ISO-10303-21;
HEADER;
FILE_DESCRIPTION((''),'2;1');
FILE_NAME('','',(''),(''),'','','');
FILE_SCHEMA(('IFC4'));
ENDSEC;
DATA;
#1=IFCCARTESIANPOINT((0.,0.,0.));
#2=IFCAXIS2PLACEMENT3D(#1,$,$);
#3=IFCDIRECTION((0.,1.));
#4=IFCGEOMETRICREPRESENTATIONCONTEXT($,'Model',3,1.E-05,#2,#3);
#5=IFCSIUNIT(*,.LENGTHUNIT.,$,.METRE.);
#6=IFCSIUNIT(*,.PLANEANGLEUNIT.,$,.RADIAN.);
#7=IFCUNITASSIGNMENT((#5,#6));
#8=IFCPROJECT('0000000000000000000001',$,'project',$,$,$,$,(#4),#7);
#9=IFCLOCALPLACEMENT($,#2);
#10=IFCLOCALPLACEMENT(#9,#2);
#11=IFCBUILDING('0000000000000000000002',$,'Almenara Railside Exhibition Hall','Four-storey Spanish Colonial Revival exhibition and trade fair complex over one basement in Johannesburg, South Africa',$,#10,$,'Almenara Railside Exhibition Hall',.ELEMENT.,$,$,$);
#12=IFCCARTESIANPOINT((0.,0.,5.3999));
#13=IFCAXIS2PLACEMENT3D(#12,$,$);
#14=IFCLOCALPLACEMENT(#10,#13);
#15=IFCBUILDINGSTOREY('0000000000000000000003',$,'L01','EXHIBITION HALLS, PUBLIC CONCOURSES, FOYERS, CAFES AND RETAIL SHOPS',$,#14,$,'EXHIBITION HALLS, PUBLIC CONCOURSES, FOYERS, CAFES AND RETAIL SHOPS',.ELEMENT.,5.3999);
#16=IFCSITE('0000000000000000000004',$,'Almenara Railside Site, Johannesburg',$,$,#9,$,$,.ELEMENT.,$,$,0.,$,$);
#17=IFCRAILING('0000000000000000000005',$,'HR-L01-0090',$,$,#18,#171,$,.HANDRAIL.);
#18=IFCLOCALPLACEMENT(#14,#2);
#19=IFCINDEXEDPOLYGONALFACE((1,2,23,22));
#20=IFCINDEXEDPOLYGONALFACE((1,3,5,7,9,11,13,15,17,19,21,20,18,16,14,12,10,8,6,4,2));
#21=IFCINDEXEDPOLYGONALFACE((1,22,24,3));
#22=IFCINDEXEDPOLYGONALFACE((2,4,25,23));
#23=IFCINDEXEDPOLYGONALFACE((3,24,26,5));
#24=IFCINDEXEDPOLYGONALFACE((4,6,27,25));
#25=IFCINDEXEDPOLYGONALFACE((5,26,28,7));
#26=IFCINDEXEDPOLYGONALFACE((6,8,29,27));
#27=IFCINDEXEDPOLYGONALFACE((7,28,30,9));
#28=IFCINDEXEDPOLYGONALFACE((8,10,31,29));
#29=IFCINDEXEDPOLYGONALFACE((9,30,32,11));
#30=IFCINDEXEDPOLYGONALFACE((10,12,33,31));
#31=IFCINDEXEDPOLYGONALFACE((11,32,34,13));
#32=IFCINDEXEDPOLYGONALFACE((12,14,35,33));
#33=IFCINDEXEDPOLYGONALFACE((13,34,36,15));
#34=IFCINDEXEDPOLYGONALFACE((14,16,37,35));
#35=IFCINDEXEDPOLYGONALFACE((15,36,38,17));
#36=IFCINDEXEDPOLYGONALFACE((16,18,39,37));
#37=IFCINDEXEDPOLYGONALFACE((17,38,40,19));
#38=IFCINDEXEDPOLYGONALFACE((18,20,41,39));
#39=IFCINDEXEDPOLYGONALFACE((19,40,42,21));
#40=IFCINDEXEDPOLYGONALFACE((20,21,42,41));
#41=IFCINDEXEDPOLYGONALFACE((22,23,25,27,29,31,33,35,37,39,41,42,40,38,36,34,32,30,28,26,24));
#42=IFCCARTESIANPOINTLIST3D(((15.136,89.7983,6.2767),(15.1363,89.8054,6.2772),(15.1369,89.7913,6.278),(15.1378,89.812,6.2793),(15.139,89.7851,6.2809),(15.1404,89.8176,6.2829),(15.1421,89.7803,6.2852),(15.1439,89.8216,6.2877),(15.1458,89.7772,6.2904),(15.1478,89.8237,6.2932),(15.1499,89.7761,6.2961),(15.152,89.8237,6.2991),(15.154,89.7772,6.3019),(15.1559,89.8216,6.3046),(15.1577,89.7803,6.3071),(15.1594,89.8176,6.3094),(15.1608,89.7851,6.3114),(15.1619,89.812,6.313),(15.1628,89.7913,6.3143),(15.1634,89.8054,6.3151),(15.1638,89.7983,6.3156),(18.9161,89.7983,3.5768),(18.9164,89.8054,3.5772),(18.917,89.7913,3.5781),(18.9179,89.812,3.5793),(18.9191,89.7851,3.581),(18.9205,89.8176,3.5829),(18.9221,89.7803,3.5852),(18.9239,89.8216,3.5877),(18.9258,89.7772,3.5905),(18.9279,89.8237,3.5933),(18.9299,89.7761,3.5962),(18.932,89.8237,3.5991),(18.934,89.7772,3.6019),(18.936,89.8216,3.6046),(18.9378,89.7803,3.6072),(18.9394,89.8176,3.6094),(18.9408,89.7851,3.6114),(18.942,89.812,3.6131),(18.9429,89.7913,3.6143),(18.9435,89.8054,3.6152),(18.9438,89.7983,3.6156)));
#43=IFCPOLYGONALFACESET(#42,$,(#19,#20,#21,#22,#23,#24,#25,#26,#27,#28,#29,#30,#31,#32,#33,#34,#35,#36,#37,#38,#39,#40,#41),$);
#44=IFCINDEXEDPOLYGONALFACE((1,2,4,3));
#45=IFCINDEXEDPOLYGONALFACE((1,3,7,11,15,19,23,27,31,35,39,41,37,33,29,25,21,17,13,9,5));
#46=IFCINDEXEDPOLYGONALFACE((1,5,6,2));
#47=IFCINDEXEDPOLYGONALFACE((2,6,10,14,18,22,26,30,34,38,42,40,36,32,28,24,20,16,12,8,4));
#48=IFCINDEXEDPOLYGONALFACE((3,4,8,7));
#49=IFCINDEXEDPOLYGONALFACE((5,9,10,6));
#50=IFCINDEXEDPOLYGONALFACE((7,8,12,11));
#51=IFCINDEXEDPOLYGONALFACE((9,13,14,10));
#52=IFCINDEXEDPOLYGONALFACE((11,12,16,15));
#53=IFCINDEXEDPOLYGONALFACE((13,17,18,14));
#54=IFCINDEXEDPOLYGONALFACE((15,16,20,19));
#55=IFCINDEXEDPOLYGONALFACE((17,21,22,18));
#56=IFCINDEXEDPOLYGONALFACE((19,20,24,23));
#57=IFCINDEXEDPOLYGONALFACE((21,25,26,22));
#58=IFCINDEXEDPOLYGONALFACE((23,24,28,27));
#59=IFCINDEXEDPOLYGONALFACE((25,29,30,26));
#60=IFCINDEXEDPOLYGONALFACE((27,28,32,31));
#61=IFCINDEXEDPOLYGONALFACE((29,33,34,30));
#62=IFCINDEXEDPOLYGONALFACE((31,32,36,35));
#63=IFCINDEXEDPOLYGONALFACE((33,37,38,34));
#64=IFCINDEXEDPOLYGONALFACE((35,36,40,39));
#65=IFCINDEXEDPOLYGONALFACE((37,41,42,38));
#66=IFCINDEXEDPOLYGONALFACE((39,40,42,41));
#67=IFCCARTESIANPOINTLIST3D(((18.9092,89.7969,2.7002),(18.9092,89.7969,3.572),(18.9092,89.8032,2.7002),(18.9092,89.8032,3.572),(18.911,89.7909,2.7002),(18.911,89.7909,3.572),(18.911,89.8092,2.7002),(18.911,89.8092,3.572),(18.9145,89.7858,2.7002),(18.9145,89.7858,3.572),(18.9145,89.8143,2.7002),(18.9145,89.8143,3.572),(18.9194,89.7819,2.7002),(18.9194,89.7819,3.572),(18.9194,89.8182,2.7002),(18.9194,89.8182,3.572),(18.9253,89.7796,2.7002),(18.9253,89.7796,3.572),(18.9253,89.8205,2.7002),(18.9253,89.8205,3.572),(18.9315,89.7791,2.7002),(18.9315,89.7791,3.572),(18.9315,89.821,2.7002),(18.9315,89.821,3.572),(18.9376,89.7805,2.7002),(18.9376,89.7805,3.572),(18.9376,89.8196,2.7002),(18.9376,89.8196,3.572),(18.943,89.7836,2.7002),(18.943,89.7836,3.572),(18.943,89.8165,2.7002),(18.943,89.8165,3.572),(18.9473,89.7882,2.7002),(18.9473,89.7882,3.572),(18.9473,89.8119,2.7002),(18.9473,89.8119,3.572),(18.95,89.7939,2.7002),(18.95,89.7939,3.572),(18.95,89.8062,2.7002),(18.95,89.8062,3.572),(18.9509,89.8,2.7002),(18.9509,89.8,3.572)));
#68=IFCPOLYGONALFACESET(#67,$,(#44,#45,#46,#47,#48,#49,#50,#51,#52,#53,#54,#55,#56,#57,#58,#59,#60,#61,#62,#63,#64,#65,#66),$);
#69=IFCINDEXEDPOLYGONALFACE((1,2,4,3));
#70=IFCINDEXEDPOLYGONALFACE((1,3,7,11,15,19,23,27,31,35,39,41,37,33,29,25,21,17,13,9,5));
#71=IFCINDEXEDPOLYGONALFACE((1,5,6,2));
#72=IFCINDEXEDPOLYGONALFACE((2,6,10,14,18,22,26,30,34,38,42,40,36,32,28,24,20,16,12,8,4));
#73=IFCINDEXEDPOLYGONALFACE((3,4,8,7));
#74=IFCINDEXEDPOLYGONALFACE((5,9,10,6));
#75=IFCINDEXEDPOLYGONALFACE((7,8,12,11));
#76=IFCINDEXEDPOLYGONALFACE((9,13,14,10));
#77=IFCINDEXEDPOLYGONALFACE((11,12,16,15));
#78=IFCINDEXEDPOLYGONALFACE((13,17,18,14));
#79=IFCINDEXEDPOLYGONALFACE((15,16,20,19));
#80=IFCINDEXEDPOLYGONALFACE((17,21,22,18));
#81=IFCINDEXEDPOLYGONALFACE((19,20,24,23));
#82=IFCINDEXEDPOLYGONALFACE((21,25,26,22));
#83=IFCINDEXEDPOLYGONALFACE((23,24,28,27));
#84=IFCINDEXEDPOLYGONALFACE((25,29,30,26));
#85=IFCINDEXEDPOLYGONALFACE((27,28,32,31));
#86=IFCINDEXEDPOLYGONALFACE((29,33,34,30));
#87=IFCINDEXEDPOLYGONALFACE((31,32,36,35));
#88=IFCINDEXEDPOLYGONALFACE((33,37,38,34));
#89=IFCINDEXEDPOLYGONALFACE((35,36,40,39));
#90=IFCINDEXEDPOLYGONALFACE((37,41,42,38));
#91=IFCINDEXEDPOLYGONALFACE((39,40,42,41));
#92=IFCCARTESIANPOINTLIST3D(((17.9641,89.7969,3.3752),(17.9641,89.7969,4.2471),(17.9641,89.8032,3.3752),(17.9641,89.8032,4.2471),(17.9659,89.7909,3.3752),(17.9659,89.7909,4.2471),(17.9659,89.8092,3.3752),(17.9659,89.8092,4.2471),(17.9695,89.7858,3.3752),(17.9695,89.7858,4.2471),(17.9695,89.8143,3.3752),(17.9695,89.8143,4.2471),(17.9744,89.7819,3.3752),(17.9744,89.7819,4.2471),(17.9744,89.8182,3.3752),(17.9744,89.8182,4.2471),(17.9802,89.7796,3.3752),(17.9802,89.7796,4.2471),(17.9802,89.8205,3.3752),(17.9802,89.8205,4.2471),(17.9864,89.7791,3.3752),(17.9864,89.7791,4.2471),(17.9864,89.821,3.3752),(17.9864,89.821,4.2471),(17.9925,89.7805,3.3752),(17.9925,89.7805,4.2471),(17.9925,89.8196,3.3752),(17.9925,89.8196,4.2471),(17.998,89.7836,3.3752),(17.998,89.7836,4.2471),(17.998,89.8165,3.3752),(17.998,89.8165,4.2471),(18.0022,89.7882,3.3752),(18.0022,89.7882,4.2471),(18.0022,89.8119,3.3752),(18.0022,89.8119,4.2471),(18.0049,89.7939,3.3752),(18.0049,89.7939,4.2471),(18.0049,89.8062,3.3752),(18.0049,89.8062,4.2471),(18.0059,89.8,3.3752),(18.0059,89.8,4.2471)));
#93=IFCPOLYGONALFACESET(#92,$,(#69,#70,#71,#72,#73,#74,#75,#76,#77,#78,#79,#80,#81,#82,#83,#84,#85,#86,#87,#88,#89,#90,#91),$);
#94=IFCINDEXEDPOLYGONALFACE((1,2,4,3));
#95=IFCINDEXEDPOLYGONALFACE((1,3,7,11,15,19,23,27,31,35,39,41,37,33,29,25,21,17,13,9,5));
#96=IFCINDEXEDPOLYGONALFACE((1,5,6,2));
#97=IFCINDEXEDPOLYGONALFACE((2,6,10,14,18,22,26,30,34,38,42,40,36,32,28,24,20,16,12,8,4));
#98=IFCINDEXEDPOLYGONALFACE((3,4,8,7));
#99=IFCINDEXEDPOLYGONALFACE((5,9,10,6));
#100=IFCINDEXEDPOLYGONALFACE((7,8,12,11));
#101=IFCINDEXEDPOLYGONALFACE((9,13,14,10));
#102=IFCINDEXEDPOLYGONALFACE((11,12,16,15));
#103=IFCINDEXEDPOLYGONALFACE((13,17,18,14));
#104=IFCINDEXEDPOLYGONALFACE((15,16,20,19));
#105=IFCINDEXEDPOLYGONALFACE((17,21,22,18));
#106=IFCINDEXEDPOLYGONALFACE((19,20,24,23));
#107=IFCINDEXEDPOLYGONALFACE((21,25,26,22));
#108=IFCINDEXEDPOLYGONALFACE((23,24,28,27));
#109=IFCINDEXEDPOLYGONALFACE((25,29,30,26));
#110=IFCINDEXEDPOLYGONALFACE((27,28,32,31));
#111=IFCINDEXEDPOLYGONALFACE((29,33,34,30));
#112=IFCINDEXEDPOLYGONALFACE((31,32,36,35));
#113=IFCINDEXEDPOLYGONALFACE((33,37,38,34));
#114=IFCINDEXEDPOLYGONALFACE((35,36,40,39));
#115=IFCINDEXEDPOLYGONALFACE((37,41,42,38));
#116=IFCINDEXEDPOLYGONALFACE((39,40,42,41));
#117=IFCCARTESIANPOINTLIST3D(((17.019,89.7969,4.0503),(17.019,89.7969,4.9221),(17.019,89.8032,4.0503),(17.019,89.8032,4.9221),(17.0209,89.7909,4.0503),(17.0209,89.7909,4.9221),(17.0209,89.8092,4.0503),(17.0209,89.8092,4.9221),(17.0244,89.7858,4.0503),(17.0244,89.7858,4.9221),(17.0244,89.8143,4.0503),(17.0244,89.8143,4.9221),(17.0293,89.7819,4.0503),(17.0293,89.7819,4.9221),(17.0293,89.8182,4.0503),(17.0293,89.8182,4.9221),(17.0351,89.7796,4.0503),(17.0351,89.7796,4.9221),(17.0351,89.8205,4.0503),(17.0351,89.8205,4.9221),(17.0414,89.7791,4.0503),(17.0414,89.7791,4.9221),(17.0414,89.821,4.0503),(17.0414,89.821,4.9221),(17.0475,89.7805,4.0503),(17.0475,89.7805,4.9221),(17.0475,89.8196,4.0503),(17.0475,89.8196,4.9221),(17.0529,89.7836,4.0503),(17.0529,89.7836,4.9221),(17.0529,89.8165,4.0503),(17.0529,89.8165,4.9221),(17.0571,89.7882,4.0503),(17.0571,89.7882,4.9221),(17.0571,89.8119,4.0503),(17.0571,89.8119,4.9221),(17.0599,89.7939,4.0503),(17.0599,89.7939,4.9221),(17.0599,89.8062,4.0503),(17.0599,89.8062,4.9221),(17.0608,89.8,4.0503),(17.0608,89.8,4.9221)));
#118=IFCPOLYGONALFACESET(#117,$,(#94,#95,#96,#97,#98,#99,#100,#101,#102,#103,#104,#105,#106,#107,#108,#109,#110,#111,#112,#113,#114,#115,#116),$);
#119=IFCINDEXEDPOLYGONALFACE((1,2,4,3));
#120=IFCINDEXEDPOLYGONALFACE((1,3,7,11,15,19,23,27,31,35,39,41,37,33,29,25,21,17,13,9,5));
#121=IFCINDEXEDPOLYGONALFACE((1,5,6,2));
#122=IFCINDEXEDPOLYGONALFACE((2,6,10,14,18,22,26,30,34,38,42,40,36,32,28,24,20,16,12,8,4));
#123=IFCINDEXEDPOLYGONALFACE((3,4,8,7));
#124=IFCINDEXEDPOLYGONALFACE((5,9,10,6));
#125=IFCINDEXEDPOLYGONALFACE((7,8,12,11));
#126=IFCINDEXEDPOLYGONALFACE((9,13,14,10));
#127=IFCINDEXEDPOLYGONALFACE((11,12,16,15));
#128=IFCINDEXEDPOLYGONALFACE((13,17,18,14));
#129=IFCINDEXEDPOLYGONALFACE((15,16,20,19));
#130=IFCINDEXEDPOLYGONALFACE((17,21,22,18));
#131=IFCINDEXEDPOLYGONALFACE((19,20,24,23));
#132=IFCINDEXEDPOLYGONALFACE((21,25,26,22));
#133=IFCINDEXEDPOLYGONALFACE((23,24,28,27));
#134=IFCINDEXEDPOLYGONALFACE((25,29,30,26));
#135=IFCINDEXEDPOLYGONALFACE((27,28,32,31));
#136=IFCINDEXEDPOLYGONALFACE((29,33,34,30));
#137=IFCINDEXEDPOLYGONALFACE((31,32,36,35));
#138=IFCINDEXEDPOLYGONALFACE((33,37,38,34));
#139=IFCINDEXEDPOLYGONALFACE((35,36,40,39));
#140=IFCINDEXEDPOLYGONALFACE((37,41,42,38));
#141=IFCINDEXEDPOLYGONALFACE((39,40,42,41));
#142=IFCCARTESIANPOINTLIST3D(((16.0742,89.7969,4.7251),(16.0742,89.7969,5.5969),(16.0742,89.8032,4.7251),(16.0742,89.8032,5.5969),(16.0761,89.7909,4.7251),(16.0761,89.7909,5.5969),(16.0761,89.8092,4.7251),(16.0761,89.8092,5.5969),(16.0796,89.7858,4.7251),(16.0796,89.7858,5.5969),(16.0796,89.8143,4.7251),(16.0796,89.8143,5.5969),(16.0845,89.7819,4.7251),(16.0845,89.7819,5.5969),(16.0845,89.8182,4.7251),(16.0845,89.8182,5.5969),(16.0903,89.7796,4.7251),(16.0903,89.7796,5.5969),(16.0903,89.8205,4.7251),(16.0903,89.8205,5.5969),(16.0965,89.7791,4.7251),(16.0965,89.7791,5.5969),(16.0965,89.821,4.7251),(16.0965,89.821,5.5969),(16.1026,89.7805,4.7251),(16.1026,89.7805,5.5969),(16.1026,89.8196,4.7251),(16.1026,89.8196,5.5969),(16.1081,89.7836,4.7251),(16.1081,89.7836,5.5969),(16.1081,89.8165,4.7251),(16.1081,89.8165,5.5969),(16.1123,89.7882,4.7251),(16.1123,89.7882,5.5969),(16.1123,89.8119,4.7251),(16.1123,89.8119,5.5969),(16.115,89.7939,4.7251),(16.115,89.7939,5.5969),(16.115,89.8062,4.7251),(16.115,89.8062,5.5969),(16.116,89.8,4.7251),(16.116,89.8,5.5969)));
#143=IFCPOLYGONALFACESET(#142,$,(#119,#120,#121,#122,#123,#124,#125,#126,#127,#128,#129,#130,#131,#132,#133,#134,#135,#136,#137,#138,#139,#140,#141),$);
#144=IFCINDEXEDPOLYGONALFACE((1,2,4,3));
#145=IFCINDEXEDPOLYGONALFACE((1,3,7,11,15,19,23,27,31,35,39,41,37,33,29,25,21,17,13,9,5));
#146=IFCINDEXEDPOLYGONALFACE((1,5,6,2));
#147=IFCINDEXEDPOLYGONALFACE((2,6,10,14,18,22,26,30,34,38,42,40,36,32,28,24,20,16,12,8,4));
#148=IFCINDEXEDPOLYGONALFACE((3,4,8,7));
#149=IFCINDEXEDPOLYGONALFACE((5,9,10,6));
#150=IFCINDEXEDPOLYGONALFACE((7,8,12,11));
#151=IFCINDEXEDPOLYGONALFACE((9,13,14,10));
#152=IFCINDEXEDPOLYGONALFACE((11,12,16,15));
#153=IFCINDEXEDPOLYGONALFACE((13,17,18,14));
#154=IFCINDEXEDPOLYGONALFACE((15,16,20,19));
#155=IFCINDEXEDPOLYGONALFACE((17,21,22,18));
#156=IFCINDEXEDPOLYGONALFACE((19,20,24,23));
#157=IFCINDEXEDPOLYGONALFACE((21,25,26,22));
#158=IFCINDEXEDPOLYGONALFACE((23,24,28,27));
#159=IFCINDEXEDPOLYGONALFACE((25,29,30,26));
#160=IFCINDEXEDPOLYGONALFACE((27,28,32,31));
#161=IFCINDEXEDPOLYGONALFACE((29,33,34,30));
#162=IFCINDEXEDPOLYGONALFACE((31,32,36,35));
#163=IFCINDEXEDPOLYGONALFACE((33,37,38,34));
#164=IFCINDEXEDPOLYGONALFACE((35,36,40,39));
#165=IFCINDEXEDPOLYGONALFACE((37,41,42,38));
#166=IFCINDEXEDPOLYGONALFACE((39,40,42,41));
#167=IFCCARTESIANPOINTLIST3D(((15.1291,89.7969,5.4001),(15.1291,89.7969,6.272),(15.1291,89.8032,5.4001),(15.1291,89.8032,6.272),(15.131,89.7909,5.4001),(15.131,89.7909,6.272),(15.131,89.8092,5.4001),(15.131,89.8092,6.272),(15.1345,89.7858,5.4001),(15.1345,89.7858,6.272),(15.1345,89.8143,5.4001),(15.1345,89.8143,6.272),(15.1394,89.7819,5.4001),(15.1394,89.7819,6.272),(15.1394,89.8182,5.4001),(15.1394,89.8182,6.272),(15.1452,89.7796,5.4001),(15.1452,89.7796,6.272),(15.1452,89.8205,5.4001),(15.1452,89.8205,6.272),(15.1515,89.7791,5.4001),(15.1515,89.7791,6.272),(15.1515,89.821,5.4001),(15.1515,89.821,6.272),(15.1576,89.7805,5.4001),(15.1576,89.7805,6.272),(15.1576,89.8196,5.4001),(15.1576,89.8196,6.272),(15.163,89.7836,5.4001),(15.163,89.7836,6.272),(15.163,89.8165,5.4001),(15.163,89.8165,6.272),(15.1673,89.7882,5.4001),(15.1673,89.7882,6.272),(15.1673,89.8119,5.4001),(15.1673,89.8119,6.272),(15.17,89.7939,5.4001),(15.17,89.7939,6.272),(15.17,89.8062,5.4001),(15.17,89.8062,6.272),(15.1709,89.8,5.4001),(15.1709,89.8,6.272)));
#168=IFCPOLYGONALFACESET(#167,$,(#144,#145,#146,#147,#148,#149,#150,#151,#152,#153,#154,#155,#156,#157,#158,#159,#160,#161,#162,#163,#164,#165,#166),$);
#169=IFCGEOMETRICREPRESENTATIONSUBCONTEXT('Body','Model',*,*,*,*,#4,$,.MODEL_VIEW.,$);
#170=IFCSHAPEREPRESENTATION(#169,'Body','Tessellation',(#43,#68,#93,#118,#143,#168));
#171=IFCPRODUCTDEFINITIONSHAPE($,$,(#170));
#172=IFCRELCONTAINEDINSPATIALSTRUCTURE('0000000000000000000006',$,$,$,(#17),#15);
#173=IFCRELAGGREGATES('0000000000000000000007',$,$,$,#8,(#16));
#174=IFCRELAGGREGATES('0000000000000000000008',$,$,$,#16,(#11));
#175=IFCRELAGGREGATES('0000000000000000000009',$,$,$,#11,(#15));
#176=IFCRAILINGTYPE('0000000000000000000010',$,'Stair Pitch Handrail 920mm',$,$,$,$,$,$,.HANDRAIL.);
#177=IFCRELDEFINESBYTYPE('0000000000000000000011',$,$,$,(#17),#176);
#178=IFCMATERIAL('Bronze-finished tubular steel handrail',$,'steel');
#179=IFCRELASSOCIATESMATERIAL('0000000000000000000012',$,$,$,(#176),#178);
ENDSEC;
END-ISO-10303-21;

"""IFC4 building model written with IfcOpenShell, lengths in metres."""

from ifc_helpers import new_model, si_unit, direction, frame, origin, origin_2d, place, context, subcontext, project, spatial, circle, extrude, material, type_object, element, save


model = new_model("IFC4")

# Units and contexts
model_context = context("Model", 3, precision=1e-05, world=origin(), true_north=direction((0.0, 1.0)))
body_context = subcontext(model_context, "Body", "Model", "MODEL_VIEW")
ifc_project = project(units=[si_unit("LENGTHUNIT", "METRE"), si_unit("PLANEANGLEUNIT", "RADIAN")], contexts=[model_context])

# Site, building, storey
site_placement = place(None, origin())
site = spatial("IfcSite", under=ifc_project, at=site_placement, Name="Almenara Railside Site, Johannesburg", CompositionType="ELEMENT", RefElevation=0.0)
building_placement = place(site_placement, origin())
building = spatial("IfcBuilding", under=site, at=building_placement, Name="Almenara Railside Exhibition Hall", Description="Four-storey Spanish Colonial Revival exhibition and trade fair complex over one basement in Johannesburg, South Africa", LongName="Almenara Railside Exhibition Hall", CompositionType="ELEMENT")
storey_placement = place(building_placement, frame((0.0, 0.0, 5.3999)))
storey = spatial("IfcBuildingStorey", under=building, at=storey_placement, Name="L01", Description="EXHIBITION HALLS, PUBLIC CONCOURSES, FOYERS, CAFES AND RETAIL SHOPS", LongName="EXHIBITION HALLS, PUBLIC CONCOURSES, FOYERS, CAFES AND RETAIL SHOPS", CompositionType="ELEMENT", Elevation=5.3999)

# Railing
ifc_material_1 = material(Name="Bronze-finished tubular steel handrail", Category="steel")
railing_type_1 = type_object("IfcRailingType", Name="Stair Pitch Handrail 920mm", PredefinedType="HANDRAIL", material=ifc_material_1)
railing_1_placement = place(storey_placement, frame((18.9299, 89.8, 2.7002)))
element("IfcRailing", 1, at=railing_1_placement, inside=storey, type_object=railing_type_1, Name="HR-L01-0090", PredefinedType="HANDRAIL", context=body_context, shape_type="SweptSolid", body=[
    extrude(circle(Radius=0.0239, at=origin_2d()), frame((0.0, 0.0, 0.896), z_axis=(-0.813741, 0.0, 0.581228), x_axis=(0.0, -1.0, 0.0)), (0.0, 0.0, 1.0), 4.6453),
    extrude(circle(Radius=0.021, at=origin_2d()), origin(), (0.0, 0.0, 1.0), 0.8718),
    extrude(circle(Radius=0.021, at=origin_2d()), frame((-0.9451, 0.0, 0.675)), (0.0, 0.0, 1.0), 0.8718),
    extrude(circle(Radius=0.021, at=origin_2d()), frame((-1.8901, 0.0, 1.3501)), (0.0, 0.0, 1.0), 0.8718),
    extrude(circle(Radius=0.021, at=origin_2d()), frame((-2.835, 0.0, 2.0249)), (0.0, 0.0, 1.0), 0.8718),
    extrude(circle(Radius=0.021, at=origin_2d()), frame((-3.78, 0.0, 2.7)), (0.0, 0.0, 1.0), 0.8718),
])

save(model, "model.ifc")
